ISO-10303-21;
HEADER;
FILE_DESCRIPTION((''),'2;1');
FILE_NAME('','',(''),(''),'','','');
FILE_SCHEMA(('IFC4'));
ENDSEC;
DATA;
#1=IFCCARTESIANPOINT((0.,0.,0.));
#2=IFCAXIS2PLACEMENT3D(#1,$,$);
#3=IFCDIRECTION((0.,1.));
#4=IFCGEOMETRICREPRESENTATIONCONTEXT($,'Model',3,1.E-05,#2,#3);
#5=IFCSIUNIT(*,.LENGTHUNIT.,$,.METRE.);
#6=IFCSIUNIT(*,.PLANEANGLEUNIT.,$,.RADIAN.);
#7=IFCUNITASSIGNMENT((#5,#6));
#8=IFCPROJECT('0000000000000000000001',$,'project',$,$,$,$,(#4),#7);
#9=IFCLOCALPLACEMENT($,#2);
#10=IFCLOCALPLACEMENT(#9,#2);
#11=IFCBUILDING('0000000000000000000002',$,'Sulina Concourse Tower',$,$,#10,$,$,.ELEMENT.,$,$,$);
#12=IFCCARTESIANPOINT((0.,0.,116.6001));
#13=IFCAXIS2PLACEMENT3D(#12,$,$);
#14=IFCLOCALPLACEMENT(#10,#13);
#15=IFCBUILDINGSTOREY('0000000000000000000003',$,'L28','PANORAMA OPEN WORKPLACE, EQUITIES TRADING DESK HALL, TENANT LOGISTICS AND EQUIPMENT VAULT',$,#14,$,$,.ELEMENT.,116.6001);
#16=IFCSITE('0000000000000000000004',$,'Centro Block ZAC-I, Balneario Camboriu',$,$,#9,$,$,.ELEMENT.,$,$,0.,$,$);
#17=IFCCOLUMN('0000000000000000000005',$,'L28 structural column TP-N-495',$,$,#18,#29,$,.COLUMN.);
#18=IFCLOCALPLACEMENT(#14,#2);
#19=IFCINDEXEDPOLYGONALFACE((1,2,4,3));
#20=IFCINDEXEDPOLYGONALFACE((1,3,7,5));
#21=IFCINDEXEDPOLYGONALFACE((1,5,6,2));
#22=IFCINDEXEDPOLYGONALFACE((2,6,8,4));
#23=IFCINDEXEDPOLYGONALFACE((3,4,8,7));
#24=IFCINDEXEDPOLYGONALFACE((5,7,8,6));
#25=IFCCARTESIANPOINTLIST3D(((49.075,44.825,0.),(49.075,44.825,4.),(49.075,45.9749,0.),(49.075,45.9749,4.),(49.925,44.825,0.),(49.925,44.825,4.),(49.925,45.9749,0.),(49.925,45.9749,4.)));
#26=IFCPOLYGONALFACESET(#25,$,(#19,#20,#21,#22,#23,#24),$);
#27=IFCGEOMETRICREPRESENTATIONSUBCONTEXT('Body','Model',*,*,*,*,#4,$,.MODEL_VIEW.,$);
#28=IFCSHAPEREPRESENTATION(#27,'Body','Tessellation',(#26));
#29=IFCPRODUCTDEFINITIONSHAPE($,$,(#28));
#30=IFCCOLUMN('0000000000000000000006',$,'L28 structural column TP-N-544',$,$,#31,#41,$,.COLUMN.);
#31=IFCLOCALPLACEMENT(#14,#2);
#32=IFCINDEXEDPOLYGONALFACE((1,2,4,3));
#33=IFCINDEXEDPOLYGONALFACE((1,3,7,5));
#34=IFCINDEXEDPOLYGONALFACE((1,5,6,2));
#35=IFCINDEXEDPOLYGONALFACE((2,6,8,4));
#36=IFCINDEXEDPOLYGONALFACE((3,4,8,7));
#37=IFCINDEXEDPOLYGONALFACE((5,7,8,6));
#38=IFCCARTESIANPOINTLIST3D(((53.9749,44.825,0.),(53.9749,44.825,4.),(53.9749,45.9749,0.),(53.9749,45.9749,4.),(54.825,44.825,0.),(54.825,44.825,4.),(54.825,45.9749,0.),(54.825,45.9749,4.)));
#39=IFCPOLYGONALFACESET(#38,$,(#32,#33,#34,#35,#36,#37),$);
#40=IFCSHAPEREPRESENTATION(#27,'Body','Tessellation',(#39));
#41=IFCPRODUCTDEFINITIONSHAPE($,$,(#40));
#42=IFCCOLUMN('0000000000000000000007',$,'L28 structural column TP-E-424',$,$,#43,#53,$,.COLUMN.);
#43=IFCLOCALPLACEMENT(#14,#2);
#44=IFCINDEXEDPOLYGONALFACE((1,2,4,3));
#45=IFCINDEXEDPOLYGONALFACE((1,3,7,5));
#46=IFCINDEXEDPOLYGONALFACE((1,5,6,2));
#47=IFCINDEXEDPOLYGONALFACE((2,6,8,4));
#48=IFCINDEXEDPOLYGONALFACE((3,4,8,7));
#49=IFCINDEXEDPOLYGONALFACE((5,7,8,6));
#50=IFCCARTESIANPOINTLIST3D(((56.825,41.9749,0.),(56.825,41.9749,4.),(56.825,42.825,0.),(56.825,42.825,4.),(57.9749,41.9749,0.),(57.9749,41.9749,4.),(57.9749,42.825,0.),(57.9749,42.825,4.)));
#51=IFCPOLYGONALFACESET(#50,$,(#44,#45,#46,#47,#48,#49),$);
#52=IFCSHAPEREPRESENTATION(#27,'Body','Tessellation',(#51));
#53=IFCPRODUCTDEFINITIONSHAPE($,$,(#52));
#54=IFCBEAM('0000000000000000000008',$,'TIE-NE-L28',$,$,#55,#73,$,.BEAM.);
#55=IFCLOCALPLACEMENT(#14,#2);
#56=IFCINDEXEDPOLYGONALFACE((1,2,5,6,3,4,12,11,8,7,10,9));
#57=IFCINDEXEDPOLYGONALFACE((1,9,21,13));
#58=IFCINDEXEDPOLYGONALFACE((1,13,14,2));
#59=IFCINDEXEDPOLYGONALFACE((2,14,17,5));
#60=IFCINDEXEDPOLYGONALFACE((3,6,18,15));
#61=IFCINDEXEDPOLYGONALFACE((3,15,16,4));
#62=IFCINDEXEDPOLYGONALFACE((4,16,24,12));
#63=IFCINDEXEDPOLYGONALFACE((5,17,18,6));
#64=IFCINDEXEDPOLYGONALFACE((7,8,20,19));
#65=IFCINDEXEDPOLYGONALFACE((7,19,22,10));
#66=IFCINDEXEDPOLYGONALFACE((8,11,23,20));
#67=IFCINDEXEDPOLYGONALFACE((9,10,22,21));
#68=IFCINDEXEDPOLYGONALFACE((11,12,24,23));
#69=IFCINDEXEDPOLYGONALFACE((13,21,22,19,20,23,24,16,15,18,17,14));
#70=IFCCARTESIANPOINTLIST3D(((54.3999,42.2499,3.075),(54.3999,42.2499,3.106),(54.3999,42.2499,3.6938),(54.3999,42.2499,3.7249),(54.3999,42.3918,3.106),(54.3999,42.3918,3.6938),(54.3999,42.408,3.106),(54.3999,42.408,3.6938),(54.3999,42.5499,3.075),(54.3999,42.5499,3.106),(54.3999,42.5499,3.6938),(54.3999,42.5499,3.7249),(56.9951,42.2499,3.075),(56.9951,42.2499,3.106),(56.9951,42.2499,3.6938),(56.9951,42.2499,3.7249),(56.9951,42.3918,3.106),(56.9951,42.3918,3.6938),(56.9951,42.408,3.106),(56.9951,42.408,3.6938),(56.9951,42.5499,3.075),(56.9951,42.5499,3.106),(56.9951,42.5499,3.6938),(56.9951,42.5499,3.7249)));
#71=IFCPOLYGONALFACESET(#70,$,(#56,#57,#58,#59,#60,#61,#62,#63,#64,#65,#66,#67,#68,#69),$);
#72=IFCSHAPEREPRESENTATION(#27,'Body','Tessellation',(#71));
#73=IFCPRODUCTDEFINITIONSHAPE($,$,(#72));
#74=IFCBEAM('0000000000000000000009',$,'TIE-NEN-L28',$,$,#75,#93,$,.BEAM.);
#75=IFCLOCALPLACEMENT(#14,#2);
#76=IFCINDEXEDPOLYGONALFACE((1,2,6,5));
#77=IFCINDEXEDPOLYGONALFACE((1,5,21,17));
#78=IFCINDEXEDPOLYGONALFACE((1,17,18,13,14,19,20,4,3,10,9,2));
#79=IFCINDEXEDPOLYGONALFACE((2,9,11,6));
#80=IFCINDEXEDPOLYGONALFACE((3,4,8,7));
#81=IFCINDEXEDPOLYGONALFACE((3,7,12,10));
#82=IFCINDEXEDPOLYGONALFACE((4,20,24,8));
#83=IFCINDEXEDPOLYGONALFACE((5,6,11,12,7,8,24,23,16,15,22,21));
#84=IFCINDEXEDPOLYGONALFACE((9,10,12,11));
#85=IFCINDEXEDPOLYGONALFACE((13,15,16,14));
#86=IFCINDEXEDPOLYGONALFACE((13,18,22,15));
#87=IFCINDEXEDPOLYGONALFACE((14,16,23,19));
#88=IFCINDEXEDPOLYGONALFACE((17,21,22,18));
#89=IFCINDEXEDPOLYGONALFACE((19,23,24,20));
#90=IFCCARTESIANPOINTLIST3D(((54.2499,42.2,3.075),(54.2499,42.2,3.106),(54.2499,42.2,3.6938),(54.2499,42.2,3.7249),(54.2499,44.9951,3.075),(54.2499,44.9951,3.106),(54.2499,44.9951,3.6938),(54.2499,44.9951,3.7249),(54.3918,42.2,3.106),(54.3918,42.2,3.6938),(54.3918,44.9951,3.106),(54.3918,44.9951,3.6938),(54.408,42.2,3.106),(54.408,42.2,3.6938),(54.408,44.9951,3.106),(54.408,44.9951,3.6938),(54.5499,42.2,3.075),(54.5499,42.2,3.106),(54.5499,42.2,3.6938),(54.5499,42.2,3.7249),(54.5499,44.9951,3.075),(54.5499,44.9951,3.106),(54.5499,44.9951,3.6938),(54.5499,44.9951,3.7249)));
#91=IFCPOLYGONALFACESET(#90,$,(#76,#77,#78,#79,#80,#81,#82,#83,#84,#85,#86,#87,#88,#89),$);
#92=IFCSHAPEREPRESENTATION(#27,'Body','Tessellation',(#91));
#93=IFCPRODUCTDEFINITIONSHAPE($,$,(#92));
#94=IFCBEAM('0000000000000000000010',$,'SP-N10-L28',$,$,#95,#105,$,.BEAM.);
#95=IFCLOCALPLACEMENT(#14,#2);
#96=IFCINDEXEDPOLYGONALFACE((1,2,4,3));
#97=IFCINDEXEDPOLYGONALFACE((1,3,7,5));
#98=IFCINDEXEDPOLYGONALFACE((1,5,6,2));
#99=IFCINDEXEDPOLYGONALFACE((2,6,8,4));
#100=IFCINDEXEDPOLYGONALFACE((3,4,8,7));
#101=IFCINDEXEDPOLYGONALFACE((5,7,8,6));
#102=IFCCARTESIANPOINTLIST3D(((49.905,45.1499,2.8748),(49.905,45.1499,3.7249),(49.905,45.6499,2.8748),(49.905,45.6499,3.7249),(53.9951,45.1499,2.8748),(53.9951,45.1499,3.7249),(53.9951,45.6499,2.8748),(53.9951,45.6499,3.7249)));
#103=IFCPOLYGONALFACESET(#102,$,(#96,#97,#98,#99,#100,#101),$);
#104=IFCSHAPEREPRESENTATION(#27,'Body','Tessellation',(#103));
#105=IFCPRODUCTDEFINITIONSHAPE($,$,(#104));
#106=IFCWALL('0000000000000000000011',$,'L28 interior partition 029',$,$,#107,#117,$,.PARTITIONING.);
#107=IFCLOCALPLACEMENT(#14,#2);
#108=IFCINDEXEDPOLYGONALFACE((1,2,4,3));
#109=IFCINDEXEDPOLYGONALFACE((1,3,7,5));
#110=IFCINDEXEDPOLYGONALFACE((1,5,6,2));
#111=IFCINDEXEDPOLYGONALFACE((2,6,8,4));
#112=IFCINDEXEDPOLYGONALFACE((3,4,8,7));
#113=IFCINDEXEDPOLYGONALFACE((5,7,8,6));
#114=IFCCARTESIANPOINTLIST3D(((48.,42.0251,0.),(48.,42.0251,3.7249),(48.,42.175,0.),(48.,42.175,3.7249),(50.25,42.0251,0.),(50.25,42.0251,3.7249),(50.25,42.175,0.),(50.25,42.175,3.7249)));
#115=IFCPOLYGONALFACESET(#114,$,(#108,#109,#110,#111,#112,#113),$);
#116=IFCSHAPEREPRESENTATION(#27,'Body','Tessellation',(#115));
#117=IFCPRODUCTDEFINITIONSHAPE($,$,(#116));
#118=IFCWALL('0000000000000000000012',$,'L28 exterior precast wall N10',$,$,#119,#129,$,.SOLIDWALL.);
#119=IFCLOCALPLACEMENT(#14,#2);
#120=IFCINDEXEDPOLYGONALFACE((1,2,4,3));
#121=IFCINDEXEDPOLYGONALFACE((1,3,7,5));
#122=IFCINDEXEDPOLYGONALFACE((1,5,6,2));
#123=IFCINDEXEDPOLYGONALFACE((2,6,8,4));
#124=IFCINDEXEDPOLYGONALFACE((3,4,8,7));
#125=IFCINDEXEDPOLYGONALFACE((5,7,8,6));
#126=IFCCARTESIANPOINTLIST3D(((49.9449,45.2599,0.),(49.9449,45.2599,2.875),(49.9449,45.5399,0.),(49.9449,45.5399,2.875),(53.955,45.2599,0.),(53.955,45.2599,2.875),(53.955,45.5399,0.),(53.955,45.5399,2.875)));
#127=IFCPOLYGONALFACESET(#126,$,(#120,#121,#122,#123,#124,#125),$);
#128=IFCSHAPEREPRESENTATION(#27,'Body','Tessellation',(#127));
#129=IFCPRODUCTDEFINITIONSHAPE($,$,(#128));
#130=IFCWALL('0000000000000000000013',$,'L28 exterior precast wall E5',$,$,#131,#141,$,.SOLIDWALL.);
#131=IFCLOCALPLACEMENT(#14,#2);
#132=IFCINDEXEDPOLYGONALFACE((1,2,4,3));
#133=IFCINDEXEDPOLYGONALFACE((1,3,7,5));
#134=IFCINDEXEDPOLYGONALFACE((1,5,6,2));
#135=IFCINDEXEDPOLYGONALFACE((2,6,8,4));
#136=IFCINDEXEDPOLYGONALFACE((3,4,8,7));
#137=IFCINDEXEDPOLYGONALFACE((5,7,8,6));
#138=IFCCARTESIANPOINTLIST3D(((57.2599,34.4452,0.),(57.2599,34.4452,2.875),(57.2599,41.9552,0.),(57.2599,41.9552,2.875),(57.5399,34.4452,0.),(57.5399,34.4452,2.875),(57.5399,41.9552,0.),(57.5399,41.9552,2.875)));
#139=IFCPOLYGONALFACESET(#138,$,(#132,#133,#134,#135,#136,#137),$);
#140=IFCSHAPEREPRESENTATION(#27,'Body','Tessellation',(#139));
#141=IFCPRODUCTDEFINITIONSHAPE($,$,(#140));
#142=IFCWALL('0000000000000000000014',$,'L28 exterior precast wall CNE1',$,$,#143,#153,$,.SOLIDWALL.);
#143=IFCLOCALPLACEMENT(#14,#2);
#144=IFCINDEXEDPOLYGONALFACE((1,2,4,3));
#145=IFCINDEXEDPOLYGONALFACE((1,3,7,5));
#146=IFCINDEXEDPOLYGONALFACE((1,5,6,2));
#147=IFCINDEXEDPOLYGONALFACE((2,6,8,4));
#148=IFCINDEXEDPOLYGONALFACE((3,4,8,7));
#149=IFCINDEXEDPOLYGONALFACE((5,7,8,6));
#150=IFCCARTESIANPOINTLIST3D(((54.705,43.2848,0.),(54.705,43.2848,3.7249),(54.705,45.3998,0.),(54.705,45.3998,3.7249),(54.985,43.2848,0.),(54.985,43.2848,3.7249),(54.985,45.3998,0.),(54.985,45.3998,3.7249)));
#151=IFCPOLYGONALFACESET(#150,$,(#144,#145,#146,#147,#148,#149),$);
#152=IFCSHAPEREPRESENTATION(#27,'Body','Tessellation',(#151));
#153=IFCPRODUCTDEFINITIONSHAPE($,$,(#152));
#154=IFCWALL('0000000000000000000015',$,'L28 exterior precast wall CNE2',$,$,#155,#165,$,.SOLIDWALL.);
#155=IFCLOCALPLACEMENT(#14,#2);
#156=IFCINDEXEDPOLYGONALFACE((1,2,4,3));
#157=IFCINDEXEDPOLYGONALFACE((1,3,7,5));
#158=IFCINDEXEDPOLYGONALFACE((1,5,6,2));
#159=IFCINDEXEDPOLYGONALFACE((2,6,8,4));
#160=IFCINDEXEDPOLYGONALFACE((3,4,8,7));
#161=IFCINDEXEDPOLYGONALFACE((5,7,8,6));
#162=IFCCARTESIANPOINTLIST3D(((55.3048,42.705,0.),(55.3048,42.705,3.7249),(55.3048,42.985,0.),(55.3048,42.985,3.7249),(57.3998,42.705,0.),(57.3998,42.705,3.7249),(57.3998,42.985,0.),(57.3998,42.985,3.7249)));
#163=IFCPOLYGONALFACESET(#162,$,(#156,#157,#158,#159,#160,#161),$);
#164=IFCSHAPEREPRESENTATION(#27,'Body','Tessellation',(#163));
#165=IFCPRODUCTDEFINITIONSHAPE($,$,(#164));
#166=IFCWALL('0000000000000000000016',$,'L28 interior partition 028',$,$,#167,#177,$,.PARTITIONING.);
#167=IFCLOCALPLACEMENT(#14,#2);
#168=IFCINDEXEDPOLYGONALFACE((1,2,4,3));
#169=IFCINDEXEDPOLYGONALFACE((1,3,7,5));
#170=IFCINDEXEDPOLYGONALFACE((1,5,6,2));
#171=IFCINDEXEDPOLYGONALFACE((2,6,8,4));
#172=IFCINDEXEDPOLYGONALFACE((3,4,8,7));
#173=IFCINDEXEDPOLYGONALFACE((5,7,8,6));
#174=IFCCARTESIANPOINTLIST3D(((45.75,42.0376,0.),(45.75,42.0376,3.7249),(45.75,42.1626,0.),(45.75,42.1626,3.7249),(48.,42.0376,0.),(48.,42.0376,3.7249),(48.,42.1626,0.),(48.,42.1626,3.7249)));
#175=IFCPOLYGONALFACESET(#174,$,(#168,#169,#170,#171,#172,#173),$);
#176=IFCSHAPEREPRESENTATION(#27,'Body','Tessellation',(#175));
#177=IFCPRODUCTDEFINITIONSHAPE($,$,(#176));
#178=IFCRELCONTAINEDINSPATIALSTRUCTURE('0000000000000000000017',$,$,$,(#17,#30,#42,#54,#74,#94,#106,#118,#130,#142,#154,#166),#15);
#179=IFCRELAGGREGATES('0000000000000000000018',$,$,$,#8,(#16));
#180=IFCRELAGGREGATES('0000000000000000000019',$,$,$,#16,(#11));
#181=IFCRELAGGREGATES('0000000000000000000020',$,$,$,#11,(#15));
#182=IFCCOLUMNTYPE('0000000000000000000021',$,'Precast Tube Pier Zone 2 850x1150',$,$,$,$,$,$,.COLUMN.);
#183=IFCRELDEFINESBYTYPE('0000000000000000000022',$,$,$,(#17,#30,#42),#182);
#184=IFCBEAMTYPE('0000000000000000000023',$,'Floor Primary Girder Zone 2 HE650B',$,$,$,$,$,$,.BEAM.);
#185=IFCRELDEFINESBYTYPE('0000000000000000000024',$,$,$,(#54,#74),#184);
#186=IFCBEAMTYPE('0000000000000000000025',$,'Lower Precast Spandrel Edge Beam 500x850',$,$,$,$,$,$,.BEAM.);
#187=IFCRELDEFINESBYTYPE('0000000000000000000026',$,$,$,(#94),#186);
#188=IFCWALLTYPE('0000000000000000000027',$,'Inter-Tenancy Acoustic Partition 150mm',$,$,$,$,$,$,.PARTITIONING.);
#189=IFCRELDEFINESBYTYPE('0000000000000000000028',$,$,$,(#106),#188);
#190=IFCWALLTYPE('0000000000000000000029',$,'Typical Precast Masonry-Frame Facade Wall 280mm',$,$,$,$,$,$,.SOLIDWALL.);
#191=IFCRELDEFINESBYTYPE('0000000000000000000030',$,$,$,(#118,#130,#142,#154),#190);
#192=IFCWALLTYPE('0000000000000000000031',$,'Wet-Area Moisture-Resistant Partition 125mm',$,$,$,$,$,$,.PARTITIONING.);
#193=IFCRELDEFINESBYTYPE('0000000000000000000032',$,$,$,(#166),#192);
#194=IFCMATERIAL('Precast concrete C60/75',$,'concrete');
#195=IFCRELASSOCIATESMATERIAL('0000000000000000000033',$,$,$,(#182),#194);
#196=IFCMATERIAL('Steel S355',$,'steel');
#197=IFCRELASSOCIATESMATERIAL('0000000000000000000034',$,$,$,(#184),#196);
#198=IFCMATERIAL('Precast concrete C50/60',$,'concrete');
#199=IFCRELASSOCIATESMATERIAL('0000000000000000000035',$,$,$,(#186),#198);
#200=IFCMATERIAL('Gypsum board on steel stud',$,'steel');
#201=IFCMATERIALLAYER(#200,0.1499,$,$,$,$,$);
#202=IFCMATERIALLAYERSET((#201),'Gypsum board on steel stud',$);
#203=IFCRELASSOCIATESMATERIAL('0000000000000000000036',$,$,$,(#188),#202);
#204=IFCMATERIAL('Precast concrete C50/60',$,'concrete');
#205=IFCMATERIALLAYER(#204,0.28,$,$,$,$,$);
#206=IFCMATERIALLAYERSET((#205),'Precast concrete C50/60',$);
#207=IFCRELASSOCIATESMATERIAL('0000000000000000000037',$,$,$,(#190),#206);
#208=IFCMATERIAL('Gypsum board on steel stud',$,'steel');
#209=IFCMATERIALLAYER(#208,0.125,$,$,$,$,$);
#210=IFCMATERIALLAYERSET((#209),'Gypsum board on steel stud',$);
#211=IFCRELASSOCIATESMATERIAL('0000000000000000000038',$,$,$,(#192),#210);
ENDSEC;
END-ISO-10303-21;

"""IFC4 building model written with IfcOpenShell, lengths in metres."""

from ifc_helpers import new_model, si_unit, direction, frame, frame_2d, origin, origin_2d, place, context, subcontext, project, spatial, rectangle, i_section, extrude, material, layer, layer_set, material_profile, profile_set, type_object, element, save


model = new_model("IFC4")

# Units and contexts
model_context = context("Model", 3, precision=1e-05, world=origin(), true_north=direction((0.0, 1.0)))
body_context = subcontext(model_context, "Body", "Model", "MODEL_VIEW")
ifc_project = project(units=[si_unit("LENGTHUNIT", "METRE"), si_unit("PLANEANGLEUNIT", "RADIAN")], contexts=[model_context])

# Site, building, storey
site_placement = place(None, origin())
site = spatial("IfcSite", under=ifc_project, at=site_placement, Name="Centro Block ZAC-I, Balneario Camboriu", CompositionType="ELEMENT", RefElevation=0.0)
building_placement = place(site_placement, origin())
building = spatial("IfcBuilding", under=site, at=building_placement, Name="Sulina Concourse Tower", CompositionType="ELEMENT")
storey_placement = place(building_placement, frame((0.0, 0.0, 116.6001)))
storey = spatial("IfcBuildingStorey", under=building, at=storey_placement, Name="L28", Description="PANORAMA OPEN WORKPLACE, EQUITIES TRADING DESK HALL, TENANT LOGISTICS AND EQUIPMENT VAULT", CompositionType="ELEMENT", Elevation=116.6001)

# Columns
ifc_material_1 = material(Name="Precast concrete C60/75", Category="concrete")
ifc_material_profile_1 = material_profile(ifc_material_1, rectangle(XDim=0.8501, YDim=1.1499, at=origin_2d()), Name="PC 850x1150")
ifc_profile_set_1 = profile_set([ifc_material_profile_1], Name="Precast concrete C60/75")
column_type = type_object("IfcColumnType", Name="Precast Tube Pier Zone 2 850x1150", PredefinedType="COLUMN", material=ifc_profile_set_1)
for number, where, z_axis, x_axis, name in (
    (1, (49.5, 45.3999, 0.0), (0.0, 0.0, 1.0), (1.0, 0.0, 0.0), "L28 structural column TP-N-495"),
    (2, (54.3999, 45.3999, 0.0), (0.0, 0.0, 1.0), (1.0, 0.0, 0.0), "L28 structural column TP-N-544"),
    (3, (57.3999, 42.3999, 0.0), (0.0, 0.0, 1.0), (0.0, 1.0, 0.0), "L28 structural column TP-E-424"),
):
    element("IfcColumn", number, at=place(storey_placement, frame(where, z_axis=z_axis, x_axis=x_axis)), inside=storey, type_object=column_type, Name=name, PredefinedType="COLUMN", context=body_context, shape_type="SweptSolid", body=[
        extrude(rectangle(XDim=0.8501, YDim=1.1499, at=origin_2d()), origin(), (0.0, 0.0, 1.0), 4.0),
    ])

# Beams
ifc_material_2 = material(Name="Steel S355", Category="steel")
ifc_material_profile_2 = material_profile(ifc_material_2, i_section(OverallWidth=0.3, OverallDepth=0.6499, WebThickness=0.0161, FlangeThickness=0.031, at=origin_2d()), Name="HE 650 B")
ifc_profile_set_2 = profile_set([ifc_material_profile_2], Name="Steel S355")
beam_type_1 = type_object("IfcBeamType", Name="Floor Primary Girder Zone 2 HE650B", PredefinedType="BEAM", material=ifc_profile_set_2)
beam_1_placement = place(storey_placement, frame((54.3999, 42.3999, 3.3999), z_axis=(1.0, 0.0, 0.0), x_axis=(0.0, 1.0, 0.0)))
element("IfcBeam", 4, at=beam_1_placement, inside=storey, type_object=beam_type_1, Name="TIE-NE-L28", PredefinedType="BEAM", context=body_context, shape_type="SweptSolid", body=[
    extrude(i_section(OverallWidth=0.3, OverallDepth=0.6499, WebThickness=0.0161, FlangeThickness=0.031, at=origin_2d()), origin(), (0.0, 0.0, 1.0), 2.5952),
])
beam_2_placement = place(storey_placement, frame((54.3999, 42.2, 3.3999), z_axis=(0.0, 1.0, 0.0), x_axis=(-1.0, 0.0, 0.0)))
element("IfcBeam", 5, at=beam_2_placement, inside=storey, type_object=beam_type_1, Name="TIE-NEN-L28", PredefinedType="BEAM", context=body_context, shape_type="SweptSolid", body=[
    extrude(i_section(OverallWidth=0.3, OverallDepth=0.6499, WebThickness=0.0161, FlangeThickness=0.031, at=origin_2d()), origin(), (0.0, 0.0, 1.0), 2.7952),
])
ifc_material_3 = material(Name="Precast concrete C50/60", Category="concrete")
ifc_material_profile_3 = material_profile(ifc_material_3, rectangle(XDim=0.5, YDim=0.8501, at=origin_2d()), Name="RC 500x850")
ifc_profile_set_3 = profile_set([ifc_material_profile_3], Name="Precast concrete C50/60")
beam_type_2 = type_object("IfcBeamType", Name="Lower Precast Spandrel Edge Beam 500x850", PredefinedType="BEAM", material=ifc_profile_set_3)
beam_3_placement = place(storey_placement, frame((49.905, 45.3999, 3.2998), z_axis=(1.0, 0.0, 0.0), x_axis=(0.0, 1.0, 0.0)))
element("IfcBeam", 6, at=beam_3_placement, inside=storey, type_object=beam_type_2, Name="SP-N10-L28", PredefinedType="BEAM", context=body_context, shape_type="SweptSolid", body=[
    extrude(rectangle(XDim=0.5, YDim=0.8501, at=origin_2d()), origin(), (0.0, 0.0, 1.0), 4.0901),
])

# Walls
ifc_material_4 = material(Name="Gypsum board on steel stud", Category="steel")
ifc_layer_1 = layer(ifc_material_4, 0.1499)
ifc_layer_set_1 = layer_set([ifc_layer_1], Name="Gypsum board on steel stud")
wall_type_1 = type_object("IfcWallType", Name="Inter-Tenancy Acoustic Partition 150mm", PredefinedType="PARTITIONING", material=ifc_layer_set_1)
wall_1_placement = place(storey_placement, frame((48.0, 42.1001, 0.0), z_axis=(0.0, 0.0, 1.0), x_axis=(1.0, 0.0, 0.0)))
element("IfcWall", 7, at=wall_1_placement, inside=storey, type_object=wall_type_1, Name="L28 interior partition 029", PredefinedType="PARTITIONING", context=body_context, shape_type="SweptSolid", body=[
    extrude(rectangle(XDim=2.25, YDim=0.1499, at=frame_2d((1.125, 0.0))), origin(), (0.0, 0.0, 1.0), 3.7249),
])
ifc_material_5 = material(Name="Precast concrete C50/60", Category="concrete")
ifc_layer_2 = layer(ifc_material_5, 0.28)
ifc_layer_set_2 = layer_set([ifc_layer_2], Name="Precast concrete C50/60")
wall_type_2 = type_object("IfcWallType", Name="Typical Precast Masonry-Frame Facade Wall 280mm", PredefinedType="SOLIDWALL", material=ifc_layer_set_2)
wall_2_placement = place(storey_placement, frame((49.9451, 45.3999, 0.0), z_axis=(0.0, 0.0, 1.0), x_axis=(1.0, 0.0, 0.0)))
element("IfcWall", 8, at=wall_2_placement, inside=storey, type_object=wall_type_2, Name="L28 exterior precast wall N10", PredefinedType="SOLIDWALL", context=body_context, shape_type="SweptSolid", body=[
    extrude(rectangle(XDim=4.01, YDim=0.28, at=frame_2d((2.0049, 0.0))), origin(), (0.0, 0.0, 1.0), 2.875),
])
wall_3_placement = place(storey_placement, frame((57.3999, 41.9551, 0.0), z_axis=(0.0, 0.0, 1.0), x_axis=(0.0, -1.0, 0.0)))
element("IfcWall", 9, at=wall_3_placement, inside=storey, type_object=wall_type_2, Name="L28 exterior precast wall E5", PredefinedType="SOLIDWALL", context=body_context, shape_type="SweptSolid", body=[
    extrude(rectangle(XDim=7.51, YDim=0.28, at=frame_2d((3.7549, 0.0))), origin(), (0.0, 0.0, 1.0), 2.875),
])
wall_4_placement = place(storey_placement, frame((54.845, 45.3999, 0.0), z_axis=(0.0, 0.0, 1.0), x_axis=(0.0, -1.0, 0.0)))
element("IfcWall", 10, at=wall_4_placement, inside=storey, type_object=wall_type_2, Name="L28 exterior precast wall CNE1", PredefinedType="SOLIDWALL", context=body_context, shape_type="SweptSolid", body=[
    extrude(rectangle(XDim=2.115, YDim=0.28, at=frame_2d((1.0576, 0.0))), origin(), (0.0, 0.0, 1.0), 3.7249),
])
wall_5_placement = place(storey_placement, frame((55.3049, 42.845, 0.0), z_axis=(0.0, 0.0, 1.0), x_axis=(1.0, 0.0, 0.0)))
element("IfcWall", 11, at=wall_5_placement, inside=storey, type_object=wall_type_2, Name="L28 exterior precast wall CNE2", PredefinedType="SOLIDWALL", context=body_context, shape_type="SweptSolid", body=[
    extrude(rectangle(XDim=2.095, YDim=0.28, at=frame_2d((1.0474, 0.0))), origin(), (0.0, 0.0, 1.0), 3.7249),
])
ifc_material_6 = material(Name="Gypsum board on steel stud", Category="steel")
ifc_layer_3 = layer(ifc_material_6, 0.125)
ifc_layer_set_3 = layer_set([ifc_layer_3], Name="Gypsum board on steel stud")
wall_type_3 = type_object("IfcWallType", Name="Wet-Area Moisture-Resistant Partition 125mm", PredefinedType="PARTITIONING", material=ifc_layer_set_3)
wall_6_placement = place(storey_placement, frame((45.75, 42.1001, 0.0), z_axis=(0.0, 0.0, 1.0), x_axis=(1.0, 0.0, 0.0)))
element("IfcWall", 12, at=wall_6_placement, inside=storey, type_object=wall_type_3, Name="L28 interior partition 028", PredefinedType="PARTITIONING", context=body_context, shape_type="SweptSolid", body=[
    extrude(rectangle(XDim=2.25, YDim=0.125, at=frame_2d((1.125, 0.0))), origin(), (0.0, 0.0, 1.0), 3.7249),
])

save(model, "model.ifc")
